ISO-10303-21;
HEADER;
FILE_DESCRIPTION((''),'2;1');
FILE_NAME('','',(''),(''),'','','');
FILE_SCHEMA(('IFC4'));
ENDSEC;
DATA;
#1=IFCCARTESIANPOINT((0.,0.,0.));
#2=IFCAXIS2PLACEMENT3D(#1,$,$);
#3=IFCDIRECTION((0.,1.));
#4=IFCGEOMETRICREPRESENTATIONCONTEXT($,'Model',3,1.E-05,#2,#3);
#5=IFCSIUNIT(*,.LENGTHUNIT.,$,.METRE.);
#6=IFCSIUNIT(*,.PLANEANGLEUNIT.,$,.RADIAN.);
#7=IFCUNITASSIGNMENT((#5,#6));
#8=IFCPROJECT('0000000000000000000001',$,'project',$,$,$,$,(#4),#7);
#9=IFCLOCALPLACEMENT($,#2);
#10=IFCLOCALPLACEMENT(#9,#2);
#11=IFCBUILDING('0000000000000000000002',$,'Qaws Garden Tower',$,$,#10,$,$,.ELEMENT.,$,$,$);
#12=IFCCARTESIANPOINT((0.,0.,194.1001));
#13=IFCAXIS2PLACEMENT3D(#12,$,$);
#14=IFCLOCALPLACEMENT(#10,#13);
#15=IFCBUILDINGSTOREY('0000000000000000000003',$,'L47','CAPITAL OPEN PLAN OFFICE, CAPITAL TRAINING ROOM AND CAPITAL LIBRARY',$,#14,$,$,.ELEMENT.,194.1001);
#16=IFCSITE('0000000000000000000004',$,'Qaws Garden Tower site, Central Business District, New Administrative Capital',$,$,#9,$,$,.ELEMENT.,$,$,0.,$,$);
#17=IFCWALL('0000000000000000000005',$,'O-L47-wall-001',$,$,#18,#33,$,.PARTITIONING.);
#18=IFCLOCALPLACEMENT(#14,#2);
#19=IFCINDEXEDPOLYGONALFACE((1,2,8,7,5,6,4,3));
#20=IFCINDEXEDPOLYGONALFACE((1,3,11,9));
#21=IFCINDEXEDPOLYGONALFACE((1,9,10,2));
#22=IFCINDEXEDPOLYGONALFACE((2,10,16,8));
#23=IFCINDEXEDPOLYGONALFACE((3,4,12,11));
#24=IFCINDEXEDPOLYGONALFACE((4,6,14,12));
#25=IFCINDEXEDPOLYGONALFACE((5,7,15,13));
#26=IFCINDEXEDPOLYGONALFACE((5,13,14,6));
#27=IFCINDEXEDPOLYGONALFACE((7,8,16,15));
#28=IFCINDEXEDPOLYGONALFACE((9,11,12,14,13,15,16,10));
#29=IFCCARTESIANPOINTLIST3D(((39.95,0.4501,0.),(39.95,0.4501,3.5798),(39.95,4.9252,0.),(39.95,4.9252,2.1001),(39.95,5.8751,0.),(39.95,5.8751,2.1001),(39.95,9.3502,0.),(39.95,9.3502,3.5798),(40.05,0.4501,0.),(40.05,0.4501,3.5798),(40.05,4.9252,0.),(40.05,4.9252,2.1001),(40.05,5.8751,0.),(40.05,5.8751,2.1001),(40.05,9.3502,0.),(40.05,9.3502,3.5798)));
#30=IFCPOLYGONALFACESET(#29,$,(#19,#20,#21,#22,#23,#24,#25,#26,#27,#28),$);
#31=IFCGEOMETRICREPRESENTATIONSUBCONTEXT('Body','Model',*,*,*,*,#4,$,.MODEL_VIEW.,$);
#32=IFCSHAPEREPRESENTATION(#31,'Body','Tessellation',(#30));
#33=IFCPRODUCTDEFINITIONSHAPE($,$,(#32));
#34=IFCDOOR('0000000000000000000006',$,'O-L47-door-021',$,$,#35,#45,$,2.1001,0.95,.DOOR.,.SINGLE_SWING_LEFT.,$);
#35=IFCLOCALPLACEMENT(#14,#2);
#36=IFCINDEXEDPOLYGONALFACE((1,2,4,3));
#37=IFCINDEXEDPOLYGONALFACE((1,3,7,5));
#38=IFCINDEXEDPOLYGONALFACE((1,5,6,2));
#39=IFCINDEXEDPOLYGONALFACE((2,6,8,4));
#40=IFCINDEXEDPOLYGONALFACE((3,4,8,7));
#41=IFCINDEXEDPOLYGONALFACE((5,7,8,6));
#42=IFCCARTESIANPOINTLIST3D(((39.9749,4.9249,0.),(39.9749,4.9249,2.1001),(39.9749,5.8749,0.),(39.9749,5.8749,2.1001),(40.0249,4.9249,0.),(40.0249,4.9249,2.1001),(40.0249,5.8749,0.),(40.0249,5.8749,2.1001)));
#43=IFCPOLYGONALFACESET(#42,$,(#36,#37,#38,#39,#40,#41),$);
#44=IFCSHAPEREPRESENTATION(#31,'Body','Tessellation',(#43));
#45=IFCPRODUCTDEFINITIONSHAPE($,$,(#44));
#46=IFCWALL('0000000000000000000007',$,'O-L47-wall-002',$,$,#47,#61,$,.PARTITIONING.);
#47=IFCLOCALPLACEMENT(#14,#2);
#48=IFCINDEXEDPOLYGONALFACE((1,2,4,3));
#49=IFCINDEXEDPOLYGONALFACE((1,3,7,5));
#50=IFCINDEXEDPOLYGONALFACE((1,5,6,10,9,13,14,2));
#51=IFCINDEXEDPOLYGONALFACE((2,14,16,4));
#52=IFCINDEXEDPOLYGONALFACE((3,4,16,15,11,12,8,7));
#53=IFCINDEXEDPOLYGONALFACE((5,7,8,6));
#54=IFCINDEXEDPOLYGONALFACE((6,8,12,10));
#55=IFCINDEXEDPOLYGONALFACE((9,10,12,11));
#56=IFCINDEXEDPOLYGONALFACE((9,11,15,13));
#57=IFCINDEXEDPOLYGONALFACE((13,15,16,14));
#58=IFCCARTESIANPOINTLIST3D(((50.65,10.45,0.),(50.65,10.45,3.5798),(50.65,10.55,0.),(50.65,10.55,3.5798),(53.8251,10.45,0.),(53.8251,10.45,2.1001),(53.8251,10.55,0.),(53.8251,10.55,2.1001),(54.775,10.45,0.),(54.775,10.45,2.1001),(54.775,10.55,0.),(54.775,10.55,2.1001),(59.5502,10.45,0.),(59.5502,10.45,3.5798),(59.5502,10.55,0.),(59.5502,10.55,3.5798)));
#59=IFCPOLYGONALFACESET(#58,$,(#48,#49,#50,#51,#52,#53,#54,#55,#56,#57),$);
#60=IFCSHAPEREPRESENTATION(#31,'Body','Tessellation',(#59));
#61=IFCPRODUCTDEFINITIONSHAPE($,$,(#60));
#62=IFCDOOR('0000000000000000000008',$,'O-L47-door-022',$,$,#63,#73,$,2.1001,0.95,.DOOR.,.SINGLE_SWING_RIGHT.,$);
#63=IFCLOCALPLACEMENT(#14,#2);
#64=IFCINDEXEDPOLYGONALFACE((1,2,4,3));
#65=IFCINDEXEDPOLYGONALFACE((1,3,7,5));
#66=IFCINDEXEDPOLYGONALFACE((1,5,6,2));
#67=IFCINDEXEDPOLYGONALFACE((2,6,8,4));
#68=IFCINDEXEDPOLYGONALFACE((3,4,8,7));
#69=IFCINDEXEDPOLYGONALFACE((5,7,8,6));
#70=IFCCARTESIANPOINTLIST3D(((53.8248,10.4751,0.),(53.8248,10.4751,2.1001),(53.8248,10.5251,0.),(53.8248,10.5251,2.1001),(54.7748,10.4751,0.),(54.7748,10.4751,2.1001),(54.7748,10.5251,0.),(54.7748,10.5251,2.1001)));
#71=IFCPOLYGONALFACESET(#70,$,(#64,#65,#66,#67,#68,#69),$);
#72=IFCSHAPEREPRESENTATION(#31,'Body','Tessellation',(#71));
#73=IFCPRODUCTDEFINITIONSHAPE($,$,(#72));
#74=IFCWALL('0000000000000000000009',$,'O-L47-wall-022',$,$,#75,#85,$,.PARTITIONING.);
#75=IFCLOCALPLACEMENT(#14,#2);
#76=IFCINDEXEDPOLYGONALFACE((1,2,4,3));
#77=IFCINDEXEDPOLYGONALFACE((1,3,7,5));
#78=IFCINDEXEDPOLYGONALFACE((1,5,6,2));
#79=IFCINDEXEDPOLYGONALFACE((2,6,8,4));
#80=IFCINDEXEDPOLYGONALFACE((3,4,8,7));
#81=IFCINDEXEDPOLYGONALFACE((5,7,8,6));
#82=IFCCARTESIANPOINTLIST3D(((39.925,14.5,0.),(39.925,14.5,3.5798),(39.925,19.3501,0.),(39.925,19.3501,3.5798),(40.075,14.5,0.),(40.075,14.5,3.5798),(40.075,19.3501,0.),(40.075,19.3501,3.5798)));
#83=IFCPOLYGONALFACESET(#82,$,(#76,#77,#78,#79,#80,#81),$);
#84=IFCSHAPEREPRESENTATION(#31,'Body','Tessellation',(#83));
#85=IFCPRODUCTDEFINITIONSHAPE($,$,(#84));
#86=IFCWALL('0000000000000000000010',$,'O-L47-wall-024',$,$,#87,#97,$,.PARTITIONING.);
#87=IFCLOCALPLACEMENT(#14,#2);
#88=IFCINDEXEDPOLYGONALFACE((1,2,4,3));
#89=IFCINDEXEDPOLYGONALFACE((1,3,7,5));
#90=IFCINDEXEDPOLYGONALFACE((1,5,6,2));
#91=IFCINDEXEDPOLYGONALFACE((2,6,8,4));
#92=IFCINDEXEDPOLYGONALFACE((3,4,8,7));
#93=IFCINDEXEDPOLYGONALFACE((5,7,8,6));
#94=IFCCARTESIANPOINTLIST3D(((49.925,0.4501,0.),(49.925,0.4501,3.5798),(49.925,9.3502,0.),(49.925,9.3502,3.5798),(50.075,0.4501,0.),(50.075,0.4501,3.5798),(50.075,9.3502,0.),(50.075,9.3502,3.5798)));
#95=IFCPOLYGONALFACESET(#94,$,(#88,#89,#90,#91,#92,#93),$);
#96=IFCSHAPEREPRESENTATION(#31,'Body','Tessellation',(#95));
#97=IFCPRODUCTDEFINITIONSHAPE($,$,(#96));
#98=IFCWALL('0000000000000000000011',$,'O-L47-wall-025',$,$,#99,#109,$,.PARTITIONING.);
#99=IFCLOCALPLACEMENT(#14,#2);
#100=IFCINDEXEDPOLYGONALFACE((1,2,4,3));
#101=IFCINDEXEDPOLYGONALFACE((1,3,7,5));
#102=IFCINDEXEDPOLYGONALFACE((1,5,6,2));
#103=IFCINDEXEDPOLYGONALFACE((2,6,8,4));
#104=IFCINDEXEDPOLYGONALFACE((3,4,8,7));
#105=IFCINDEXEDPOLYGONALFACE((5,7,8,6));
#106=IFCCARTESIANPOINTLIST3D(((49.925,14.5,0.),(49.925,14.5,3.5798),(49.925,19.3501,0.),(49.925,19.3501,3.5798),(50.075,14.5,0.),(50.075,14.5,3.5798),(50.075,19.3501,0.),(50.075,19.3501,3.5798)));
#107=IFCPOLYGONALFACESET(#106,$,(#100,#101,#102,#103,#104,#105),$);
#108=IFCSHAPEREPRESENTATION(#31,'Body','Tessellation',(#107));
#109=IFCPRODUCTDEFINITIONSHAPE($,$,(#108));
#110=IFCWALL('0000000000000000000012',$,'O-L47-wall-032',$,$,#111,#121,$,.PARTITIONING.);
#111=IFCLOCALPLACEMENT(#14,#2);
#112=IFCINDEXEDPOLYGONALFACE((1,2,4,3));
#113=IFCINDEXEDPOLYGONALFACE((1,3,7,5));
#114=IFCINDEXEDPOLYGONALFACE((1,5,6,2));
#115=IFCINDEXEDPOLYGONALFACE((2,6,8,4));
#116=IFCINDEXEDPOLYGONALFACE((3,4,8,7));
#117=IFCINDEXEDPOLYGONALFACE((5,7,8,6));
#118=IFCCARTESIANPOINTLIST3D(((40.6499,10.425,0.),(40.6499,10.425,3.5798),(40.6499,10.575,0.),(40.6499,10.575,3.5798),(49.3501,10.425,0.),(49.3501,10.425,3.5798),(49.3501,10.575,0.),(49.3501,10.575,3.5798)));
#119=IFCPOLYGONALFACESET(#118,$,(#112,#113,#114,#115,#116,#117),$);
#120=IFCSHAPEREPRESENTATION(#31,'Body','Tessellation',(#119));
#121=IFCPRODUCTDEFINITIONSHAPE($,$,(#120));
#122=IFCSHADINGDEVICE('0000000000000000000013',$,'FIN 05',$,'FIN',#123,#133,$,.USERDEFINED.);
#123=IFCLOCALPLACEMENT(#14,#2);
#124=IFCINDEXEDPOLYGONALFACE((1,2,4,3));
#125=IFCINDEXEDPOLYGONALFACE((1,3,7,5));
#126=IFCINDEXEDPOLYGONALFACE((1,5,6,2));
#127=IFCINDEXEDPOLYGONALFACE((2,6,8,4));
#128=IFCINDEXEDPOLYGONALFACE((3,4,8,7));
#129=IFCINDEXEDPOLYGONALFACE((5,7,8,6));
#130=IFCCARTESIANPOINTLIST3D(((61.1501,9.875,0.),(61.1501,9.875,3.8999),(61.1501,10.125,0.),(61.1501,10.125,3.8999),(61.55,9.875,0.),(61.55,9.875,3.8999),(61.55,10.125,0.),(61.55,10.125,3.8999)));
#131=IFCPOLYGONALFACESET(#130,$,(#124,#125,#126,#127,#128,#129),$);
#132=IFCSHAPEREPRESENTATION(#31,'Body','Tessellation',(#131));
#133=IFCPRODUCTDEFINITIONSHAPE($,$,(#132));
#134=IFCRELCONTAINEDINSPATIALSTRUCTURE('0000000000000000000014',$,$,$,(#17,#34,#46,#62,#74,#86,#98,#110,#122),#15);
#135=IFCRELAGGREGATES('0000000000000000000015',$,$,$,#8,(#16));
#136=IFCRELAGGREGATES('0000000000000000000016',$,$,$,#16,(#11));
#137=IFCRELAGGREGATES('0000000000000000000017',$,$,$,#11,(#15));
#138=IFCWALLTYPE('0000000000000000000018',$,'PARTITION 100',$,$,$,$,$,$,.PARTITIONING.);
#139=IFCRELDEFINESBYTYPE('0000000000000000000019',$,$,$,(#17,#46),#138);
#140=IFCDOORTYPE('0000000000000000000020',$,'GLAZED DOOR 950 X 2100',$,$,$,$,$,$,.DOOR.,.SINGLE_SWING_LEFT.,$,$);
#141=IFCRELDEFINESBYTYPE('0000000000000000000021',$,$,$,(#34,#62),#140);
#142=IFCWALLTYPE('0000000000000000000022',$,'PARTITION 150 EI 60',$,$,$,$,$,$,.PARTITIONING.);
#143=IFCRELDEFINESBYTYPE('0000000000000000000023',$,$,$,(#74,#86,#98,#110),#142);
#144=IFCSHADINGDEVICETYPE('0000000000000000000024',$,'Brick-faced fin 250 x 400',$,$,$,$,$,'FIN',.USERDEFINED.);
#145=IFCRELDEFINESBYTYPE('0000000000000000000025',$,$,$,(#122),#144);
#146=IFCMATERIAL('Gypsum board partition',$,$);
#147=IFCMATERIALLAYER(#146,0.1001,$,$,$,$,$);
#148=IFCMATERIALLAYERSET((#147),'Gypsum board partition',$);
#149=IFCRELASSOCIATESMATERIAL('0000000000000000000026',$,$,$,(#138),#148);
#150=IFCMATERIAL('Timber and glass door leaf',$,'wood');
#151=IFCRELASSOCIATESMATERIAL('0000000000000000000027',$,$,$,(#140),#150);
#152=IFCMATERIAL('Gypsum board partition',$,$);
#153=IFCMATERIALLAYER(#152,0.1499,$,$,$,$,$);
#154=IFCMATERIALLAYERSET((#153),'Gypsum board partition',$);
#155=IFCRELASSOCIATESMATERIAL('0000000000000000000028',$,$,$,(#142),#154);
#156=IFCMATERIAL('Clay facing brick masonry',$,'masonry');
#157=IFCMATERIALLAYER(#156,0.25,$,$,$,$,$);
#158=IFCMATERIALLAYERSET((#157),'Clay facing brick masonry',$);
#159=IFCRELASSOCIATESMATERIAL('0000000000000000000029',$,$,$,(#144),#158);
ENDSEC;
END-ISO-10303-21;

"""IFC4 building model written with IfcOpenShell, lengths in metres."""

from ifc_helpers import new_model, si_unit, direction, frame, frame_2d, origin, origin_2d, place, context, subcontext, project, spatial, rectangle, extrude, material, layer, layer_set, type_object, element, fill, save


model = new_model("IFC4")

# Units and contexts
model_context = context("Model", 3, precision=1e-05, world=origin(), true_north=direction((0.0, 1.0)))
body_context = subcontext(model_context, "Body", "Model", "MODEL_VIEW")
ifc_project = project(units=[si_unit("LENGTHUNIT", "METRE"), si_unit("PLANEANGLEUNIT", "RADIAN")], contexts=[model_context])

# Site, building, storey
site_placement = place(None, origin())
site = spatial("IfcSite", under=ifc_project, at=site_placement, Name="Qaws Garden Tower site, Central Business District, New Administrative Capital", CompositionType="ELEMENT", RefElevation=0.0)
building_placement = place(site_placement, origin())
building = spatial("IfcBuilding", under=site, at=building_placement, Name="Qaws Garden Tower", CompositionType="ELEMENT")
storey_placement = place(building_placement, frame((0.0, 0.0, 194.1001)))
storey = spatial("IfcBuildingStorey", under=building, at=storey_placement, Name="L47", Description="CAPITAL OPEN PLAN OFFICE, CAPITAL TRAINING ROOM AND CAPITAL LIBRARY", CompositionType="ELEMENT", Elevation=194.1001)

# Walls, openings, doors
ifc_material_1 = material(Name="Gypsum board partition")
ifc_layer_1 = layer(ifc_material_1, 0.1001)
ifc_layer_set_1 = layer_set([ifc_layer_1], Name="Gypsum board partition")
wall_type_1 = type_object("IfcWallType", Name="PARTITION 100", PredefinedType="PARTITIONING", material=ifc_layer_set_1)
wall_1_placement = place(storey_placement, frame((40.0, 0.45, 0.0), z_axis=(0.0, 0.0, 1.0), x_axis=(0.0, 1.0, 0.0)))
wall_1 = element("IfcWall", 1, at=wall_1_placement, inside=storey, type_object=wall_type_1, Name="O-L47-wall-001", PredefinedType="PARTITIONING", context=body_context, shape_type="SweptSolid", body=[
    extrude(rectangle(XDim=8.9001, YDim=0.1001, at=frame_2d((4.4502, 0.0))), origin(), (0.0, 0.0, 1.0), 3.5798),
])
opening_1_placement = place(wall_1_placement, frame((4.4751, 0.0, 0.0)))
opening_1 = element("IfcOpeningElement", 2, at=opening_1_placement, cuts=wall_1, PredefinedType="OPENING", context=body_context, shape_type="SweptSolid", body=[
    extrude(rectangle(XDim=0.95, YDim=2.1001, at=frame_2d((0.4751, 1.05))), frame((0.0, 0.0601, 0.0), z_axis=(0.0, -1.0, 0.0), x_axis=(1.0, 0.0, 0.0)), (0.0, 0.0, 1.0), 0.1201),
])
ifc_material_2 = material(Name="Timber and glass door leaf", Category="wood")
door_type = type_object("IfcDoorType", Name="GLAZED DOOR 950 X 2100", OperationType="SINGLE_SWING_LEFT", PredefinedType="DOOR", material=ifc_material_2)
door_1_placement = place(opening_1_placement, frame((0.95, 0.0, 0.0), z_axis=(0.0, 0.0, 1.0), x_axis=(-1.0, 0.0, 0.0)))
door_1 = element("IfcDoor", 3, at=door_1_placement, inside=storey, type_object=door_type, Name="O-L47-door-021", OperationType="SINGLE_SWING_LEFT", OverallHeight=2.1001, OverallWidth=0.95, PredefinedType="DOOR", context=body_context, shape_type="SweptSolid", body=[
    extrude(rectangle(XDim=0.95, YDim=2.1001, at=frame_2d((0.4751, 1.05))), frame((0.0, 0.0249, 0.0), z_axis=(0.0, -1.0, 0.0), x_axis=(1.0, 0.0, 0.0)), (0.0, 0.0, 1.0), 0.05),
])
fill(opening_1, door_1)
wall_2_placement = place(storey_placement, frame((50.6499, 10.5, 0.0), z_axis=(0.0, 0.0, 1.0), x_axis=(1.0, 0.0, 0.0)))
wall_2 = element("IfcWall", 4, at=wall_2_placement, inside=storey, type_object=wall_type_1, Name="O-L47-wall-002", PredefinedType="PARTITIONING", context=body_context, shape_type="SweptSolid", body=[
    extrude(rectangle(XDim=8.9001, YDim=0.1001, at=frame_2d((4.4502, 0.0))), origin(), (0.0, 0.0, 1.0), 3.5798),
])
opening_2_placement = place(wall_2_placement, frame((3.175, 0.0, 0.0)))
opening_2 = element("IfcOpeningElement", 5, at=opening_2_placement, cuts=wall_2, PredefinedType="OPENING", context=body_context, shape_type="SweptSolid", body=[
    extrude(rectangle(XDim=0.95, YDim=2.1001, at=frame_2d((0.4751, 1.05))), frame((0.0, 0.0601, 0.0), z_axis=(0.0, -1.0, 0.0), x_axis=(1.0, 0.0, 0.0)), (0.0, 0.0, 1.0), 0.1201),
])
door_2_placement = place(opening_2_placement, frame((0.95, 0.0, 0.0), z_axis=(0.0, 0.0, 1.0), x_axis=(-1.0, 0.0, 0.0)))
door_2 = element("IfcDoor", 6, at=door_2_placement, inside=storey, type_object=door_type, Name="O-L47-door-022", OperationType="SINGLE_SWING_RIGHT", OverallHeight=2.1001, OverallWidth=0.95, PredefinedType="DOOR", context=body_context, shape_type="SweptSolid", body=[
    extrude(rectangle(XDim=0.95, YDim=2.1001, at=frame_2d((0.4751, 1.05))), frame((0.0, 0.0249, 0.0), z_axis=(0.0, -1.0, 0.0), x_axis=(1.0, 0.0, 0.0)), (0.0, 0.0, 1.0), 0.05),
])
fill(opening_2, door_2)

# Walls
ifc_material_3 = material(Name="Gypsum board partition")
ifc_layer_2 = layer(ifc_material_3, 0.1499)
ifc_layer_set_2 = layer_set([ifc_layer_2], Name="Gypsum board partition")
wall_type_2 = type_object("IfcWallType", Name="PARTITION 150 EI 60", PredefinedType="PARTITIONING", material=ifc_layer_set_2)
wall_3_placement = place(storey_placement, frame((40.0, 14.5, 0.0), z_axis=(0.0, 0.0, 1.0), x_axis=(0.0, 1.0, 0.0)))
element("IfcWall", 7, at=wall_3_placement, inside=storey, type_object=wall_type_2, Name="O-L47-wall-022", PredefinedType="PARTITIONING", context=body_context, shape_type="SweptSolid", body=[
    extrude(rectangle(XDim=4.8501, YDim=0.1499, at=frame_2d((2.425, 0.0))), origin(), (0.0, 0.0, 1.0), 3.5798),
])
wall_4_placement = place(storey_placement, frame((50.0, 0.45, 0.0), z_axis=(0.0, 0.0, 1.0), x_axis=(0.0, 1.0, 0.0)))
element("IfcWall", 8, at=wall_4_placement, inside=storey, type_object=wall_type_2, Name="O-L47-wall-024", PredefinedType="PARTITIONING", context=body_context, shape_type="SweptSolid", body=[
    extrude(rectangle(XDim=8.9001, YDim=0.1499, at=frame_2d((4.4502, 0.0))), origin(), (0.0, 0.0, 1.0), 3.5798),
])
wall_5_placement = place(storey_placement, frame((50.0, 14.5, 0.0), z_axis=(0.0, 0.0, 1.0), x_axis=(0.0, 1.0, 0.0)))
element("IfcWall", 9, at=wall_5_placement, inside=storey, type_object=wall_type_2, Name="O-L47-wall-025", PredefinedType="PARTITIONING", context=body_context, shape_type="SweptSolid", body=[
    extrude(rectangle(XDim=4.8501, YDim=0.1499, at=frame_2d((2.425, 0.0))), origin(), (0.0, 0.0, 1.0), 3.5798),
])
wall_6_placement = place(storey_placement, frame((40.6499, 10.5, 0.0), z_axis=(0.0, 0.0, 1.0), x_axis=(1.0, 0.0, 0.0)))
element("IfcWall", 10, at=wall_6_placement, inside=storey, type_object=wall_type_2, Name="O-L47-wall-032", PredefinedType="PARTITIONING", context=body_context, shape_type="SweptSolid", body=[
    extrude(rectangle(XDim=8.7002, YDim=0.1499, at=frame_2d((4.3501, 0.0))), origin(), (0.0, 0.0, 1.0), 3.5798),
])

# Shading device
ifc_material_4 = material(Name="Clay facing brick masonry", Category="masonry")
ifc_layer_3 = layer(ifc_material_4, 0.25)
ifc_layer_set_3 = layer_set([ifc_layer_3], Name="Clay facing brick masonry")
shading_device_type = type_object("IfcShadingDeviceType", Name="Brick-faced fin 250 x 400", ElementType="FIN", PredefinedType="USERDEFINED", material=ifc_layer_set_3)
shading_device_placement = place(storey_placement, frame((61.3501, 10.0, 0.0), z_axis=(0.0, 0.0, 1.0), x_axis=(0.0, 1.0, 0.0)))
element("IfcShadingDevice", 11, at=shading_device_placement, inside=storey, type_object=shading_device_type, Name="FIN 05", ObjectType="FIN", PredefinedType="USERDEFINED", context=body_context, shape_type="SweptSolid", body=[
    extrude(rectangle(XDim=0.25, YDim=0.3999, at=origin_2d()), origin(), (0.0, 0.0, 1.0), 3.8999),
])

save(model, "model.ifc")
